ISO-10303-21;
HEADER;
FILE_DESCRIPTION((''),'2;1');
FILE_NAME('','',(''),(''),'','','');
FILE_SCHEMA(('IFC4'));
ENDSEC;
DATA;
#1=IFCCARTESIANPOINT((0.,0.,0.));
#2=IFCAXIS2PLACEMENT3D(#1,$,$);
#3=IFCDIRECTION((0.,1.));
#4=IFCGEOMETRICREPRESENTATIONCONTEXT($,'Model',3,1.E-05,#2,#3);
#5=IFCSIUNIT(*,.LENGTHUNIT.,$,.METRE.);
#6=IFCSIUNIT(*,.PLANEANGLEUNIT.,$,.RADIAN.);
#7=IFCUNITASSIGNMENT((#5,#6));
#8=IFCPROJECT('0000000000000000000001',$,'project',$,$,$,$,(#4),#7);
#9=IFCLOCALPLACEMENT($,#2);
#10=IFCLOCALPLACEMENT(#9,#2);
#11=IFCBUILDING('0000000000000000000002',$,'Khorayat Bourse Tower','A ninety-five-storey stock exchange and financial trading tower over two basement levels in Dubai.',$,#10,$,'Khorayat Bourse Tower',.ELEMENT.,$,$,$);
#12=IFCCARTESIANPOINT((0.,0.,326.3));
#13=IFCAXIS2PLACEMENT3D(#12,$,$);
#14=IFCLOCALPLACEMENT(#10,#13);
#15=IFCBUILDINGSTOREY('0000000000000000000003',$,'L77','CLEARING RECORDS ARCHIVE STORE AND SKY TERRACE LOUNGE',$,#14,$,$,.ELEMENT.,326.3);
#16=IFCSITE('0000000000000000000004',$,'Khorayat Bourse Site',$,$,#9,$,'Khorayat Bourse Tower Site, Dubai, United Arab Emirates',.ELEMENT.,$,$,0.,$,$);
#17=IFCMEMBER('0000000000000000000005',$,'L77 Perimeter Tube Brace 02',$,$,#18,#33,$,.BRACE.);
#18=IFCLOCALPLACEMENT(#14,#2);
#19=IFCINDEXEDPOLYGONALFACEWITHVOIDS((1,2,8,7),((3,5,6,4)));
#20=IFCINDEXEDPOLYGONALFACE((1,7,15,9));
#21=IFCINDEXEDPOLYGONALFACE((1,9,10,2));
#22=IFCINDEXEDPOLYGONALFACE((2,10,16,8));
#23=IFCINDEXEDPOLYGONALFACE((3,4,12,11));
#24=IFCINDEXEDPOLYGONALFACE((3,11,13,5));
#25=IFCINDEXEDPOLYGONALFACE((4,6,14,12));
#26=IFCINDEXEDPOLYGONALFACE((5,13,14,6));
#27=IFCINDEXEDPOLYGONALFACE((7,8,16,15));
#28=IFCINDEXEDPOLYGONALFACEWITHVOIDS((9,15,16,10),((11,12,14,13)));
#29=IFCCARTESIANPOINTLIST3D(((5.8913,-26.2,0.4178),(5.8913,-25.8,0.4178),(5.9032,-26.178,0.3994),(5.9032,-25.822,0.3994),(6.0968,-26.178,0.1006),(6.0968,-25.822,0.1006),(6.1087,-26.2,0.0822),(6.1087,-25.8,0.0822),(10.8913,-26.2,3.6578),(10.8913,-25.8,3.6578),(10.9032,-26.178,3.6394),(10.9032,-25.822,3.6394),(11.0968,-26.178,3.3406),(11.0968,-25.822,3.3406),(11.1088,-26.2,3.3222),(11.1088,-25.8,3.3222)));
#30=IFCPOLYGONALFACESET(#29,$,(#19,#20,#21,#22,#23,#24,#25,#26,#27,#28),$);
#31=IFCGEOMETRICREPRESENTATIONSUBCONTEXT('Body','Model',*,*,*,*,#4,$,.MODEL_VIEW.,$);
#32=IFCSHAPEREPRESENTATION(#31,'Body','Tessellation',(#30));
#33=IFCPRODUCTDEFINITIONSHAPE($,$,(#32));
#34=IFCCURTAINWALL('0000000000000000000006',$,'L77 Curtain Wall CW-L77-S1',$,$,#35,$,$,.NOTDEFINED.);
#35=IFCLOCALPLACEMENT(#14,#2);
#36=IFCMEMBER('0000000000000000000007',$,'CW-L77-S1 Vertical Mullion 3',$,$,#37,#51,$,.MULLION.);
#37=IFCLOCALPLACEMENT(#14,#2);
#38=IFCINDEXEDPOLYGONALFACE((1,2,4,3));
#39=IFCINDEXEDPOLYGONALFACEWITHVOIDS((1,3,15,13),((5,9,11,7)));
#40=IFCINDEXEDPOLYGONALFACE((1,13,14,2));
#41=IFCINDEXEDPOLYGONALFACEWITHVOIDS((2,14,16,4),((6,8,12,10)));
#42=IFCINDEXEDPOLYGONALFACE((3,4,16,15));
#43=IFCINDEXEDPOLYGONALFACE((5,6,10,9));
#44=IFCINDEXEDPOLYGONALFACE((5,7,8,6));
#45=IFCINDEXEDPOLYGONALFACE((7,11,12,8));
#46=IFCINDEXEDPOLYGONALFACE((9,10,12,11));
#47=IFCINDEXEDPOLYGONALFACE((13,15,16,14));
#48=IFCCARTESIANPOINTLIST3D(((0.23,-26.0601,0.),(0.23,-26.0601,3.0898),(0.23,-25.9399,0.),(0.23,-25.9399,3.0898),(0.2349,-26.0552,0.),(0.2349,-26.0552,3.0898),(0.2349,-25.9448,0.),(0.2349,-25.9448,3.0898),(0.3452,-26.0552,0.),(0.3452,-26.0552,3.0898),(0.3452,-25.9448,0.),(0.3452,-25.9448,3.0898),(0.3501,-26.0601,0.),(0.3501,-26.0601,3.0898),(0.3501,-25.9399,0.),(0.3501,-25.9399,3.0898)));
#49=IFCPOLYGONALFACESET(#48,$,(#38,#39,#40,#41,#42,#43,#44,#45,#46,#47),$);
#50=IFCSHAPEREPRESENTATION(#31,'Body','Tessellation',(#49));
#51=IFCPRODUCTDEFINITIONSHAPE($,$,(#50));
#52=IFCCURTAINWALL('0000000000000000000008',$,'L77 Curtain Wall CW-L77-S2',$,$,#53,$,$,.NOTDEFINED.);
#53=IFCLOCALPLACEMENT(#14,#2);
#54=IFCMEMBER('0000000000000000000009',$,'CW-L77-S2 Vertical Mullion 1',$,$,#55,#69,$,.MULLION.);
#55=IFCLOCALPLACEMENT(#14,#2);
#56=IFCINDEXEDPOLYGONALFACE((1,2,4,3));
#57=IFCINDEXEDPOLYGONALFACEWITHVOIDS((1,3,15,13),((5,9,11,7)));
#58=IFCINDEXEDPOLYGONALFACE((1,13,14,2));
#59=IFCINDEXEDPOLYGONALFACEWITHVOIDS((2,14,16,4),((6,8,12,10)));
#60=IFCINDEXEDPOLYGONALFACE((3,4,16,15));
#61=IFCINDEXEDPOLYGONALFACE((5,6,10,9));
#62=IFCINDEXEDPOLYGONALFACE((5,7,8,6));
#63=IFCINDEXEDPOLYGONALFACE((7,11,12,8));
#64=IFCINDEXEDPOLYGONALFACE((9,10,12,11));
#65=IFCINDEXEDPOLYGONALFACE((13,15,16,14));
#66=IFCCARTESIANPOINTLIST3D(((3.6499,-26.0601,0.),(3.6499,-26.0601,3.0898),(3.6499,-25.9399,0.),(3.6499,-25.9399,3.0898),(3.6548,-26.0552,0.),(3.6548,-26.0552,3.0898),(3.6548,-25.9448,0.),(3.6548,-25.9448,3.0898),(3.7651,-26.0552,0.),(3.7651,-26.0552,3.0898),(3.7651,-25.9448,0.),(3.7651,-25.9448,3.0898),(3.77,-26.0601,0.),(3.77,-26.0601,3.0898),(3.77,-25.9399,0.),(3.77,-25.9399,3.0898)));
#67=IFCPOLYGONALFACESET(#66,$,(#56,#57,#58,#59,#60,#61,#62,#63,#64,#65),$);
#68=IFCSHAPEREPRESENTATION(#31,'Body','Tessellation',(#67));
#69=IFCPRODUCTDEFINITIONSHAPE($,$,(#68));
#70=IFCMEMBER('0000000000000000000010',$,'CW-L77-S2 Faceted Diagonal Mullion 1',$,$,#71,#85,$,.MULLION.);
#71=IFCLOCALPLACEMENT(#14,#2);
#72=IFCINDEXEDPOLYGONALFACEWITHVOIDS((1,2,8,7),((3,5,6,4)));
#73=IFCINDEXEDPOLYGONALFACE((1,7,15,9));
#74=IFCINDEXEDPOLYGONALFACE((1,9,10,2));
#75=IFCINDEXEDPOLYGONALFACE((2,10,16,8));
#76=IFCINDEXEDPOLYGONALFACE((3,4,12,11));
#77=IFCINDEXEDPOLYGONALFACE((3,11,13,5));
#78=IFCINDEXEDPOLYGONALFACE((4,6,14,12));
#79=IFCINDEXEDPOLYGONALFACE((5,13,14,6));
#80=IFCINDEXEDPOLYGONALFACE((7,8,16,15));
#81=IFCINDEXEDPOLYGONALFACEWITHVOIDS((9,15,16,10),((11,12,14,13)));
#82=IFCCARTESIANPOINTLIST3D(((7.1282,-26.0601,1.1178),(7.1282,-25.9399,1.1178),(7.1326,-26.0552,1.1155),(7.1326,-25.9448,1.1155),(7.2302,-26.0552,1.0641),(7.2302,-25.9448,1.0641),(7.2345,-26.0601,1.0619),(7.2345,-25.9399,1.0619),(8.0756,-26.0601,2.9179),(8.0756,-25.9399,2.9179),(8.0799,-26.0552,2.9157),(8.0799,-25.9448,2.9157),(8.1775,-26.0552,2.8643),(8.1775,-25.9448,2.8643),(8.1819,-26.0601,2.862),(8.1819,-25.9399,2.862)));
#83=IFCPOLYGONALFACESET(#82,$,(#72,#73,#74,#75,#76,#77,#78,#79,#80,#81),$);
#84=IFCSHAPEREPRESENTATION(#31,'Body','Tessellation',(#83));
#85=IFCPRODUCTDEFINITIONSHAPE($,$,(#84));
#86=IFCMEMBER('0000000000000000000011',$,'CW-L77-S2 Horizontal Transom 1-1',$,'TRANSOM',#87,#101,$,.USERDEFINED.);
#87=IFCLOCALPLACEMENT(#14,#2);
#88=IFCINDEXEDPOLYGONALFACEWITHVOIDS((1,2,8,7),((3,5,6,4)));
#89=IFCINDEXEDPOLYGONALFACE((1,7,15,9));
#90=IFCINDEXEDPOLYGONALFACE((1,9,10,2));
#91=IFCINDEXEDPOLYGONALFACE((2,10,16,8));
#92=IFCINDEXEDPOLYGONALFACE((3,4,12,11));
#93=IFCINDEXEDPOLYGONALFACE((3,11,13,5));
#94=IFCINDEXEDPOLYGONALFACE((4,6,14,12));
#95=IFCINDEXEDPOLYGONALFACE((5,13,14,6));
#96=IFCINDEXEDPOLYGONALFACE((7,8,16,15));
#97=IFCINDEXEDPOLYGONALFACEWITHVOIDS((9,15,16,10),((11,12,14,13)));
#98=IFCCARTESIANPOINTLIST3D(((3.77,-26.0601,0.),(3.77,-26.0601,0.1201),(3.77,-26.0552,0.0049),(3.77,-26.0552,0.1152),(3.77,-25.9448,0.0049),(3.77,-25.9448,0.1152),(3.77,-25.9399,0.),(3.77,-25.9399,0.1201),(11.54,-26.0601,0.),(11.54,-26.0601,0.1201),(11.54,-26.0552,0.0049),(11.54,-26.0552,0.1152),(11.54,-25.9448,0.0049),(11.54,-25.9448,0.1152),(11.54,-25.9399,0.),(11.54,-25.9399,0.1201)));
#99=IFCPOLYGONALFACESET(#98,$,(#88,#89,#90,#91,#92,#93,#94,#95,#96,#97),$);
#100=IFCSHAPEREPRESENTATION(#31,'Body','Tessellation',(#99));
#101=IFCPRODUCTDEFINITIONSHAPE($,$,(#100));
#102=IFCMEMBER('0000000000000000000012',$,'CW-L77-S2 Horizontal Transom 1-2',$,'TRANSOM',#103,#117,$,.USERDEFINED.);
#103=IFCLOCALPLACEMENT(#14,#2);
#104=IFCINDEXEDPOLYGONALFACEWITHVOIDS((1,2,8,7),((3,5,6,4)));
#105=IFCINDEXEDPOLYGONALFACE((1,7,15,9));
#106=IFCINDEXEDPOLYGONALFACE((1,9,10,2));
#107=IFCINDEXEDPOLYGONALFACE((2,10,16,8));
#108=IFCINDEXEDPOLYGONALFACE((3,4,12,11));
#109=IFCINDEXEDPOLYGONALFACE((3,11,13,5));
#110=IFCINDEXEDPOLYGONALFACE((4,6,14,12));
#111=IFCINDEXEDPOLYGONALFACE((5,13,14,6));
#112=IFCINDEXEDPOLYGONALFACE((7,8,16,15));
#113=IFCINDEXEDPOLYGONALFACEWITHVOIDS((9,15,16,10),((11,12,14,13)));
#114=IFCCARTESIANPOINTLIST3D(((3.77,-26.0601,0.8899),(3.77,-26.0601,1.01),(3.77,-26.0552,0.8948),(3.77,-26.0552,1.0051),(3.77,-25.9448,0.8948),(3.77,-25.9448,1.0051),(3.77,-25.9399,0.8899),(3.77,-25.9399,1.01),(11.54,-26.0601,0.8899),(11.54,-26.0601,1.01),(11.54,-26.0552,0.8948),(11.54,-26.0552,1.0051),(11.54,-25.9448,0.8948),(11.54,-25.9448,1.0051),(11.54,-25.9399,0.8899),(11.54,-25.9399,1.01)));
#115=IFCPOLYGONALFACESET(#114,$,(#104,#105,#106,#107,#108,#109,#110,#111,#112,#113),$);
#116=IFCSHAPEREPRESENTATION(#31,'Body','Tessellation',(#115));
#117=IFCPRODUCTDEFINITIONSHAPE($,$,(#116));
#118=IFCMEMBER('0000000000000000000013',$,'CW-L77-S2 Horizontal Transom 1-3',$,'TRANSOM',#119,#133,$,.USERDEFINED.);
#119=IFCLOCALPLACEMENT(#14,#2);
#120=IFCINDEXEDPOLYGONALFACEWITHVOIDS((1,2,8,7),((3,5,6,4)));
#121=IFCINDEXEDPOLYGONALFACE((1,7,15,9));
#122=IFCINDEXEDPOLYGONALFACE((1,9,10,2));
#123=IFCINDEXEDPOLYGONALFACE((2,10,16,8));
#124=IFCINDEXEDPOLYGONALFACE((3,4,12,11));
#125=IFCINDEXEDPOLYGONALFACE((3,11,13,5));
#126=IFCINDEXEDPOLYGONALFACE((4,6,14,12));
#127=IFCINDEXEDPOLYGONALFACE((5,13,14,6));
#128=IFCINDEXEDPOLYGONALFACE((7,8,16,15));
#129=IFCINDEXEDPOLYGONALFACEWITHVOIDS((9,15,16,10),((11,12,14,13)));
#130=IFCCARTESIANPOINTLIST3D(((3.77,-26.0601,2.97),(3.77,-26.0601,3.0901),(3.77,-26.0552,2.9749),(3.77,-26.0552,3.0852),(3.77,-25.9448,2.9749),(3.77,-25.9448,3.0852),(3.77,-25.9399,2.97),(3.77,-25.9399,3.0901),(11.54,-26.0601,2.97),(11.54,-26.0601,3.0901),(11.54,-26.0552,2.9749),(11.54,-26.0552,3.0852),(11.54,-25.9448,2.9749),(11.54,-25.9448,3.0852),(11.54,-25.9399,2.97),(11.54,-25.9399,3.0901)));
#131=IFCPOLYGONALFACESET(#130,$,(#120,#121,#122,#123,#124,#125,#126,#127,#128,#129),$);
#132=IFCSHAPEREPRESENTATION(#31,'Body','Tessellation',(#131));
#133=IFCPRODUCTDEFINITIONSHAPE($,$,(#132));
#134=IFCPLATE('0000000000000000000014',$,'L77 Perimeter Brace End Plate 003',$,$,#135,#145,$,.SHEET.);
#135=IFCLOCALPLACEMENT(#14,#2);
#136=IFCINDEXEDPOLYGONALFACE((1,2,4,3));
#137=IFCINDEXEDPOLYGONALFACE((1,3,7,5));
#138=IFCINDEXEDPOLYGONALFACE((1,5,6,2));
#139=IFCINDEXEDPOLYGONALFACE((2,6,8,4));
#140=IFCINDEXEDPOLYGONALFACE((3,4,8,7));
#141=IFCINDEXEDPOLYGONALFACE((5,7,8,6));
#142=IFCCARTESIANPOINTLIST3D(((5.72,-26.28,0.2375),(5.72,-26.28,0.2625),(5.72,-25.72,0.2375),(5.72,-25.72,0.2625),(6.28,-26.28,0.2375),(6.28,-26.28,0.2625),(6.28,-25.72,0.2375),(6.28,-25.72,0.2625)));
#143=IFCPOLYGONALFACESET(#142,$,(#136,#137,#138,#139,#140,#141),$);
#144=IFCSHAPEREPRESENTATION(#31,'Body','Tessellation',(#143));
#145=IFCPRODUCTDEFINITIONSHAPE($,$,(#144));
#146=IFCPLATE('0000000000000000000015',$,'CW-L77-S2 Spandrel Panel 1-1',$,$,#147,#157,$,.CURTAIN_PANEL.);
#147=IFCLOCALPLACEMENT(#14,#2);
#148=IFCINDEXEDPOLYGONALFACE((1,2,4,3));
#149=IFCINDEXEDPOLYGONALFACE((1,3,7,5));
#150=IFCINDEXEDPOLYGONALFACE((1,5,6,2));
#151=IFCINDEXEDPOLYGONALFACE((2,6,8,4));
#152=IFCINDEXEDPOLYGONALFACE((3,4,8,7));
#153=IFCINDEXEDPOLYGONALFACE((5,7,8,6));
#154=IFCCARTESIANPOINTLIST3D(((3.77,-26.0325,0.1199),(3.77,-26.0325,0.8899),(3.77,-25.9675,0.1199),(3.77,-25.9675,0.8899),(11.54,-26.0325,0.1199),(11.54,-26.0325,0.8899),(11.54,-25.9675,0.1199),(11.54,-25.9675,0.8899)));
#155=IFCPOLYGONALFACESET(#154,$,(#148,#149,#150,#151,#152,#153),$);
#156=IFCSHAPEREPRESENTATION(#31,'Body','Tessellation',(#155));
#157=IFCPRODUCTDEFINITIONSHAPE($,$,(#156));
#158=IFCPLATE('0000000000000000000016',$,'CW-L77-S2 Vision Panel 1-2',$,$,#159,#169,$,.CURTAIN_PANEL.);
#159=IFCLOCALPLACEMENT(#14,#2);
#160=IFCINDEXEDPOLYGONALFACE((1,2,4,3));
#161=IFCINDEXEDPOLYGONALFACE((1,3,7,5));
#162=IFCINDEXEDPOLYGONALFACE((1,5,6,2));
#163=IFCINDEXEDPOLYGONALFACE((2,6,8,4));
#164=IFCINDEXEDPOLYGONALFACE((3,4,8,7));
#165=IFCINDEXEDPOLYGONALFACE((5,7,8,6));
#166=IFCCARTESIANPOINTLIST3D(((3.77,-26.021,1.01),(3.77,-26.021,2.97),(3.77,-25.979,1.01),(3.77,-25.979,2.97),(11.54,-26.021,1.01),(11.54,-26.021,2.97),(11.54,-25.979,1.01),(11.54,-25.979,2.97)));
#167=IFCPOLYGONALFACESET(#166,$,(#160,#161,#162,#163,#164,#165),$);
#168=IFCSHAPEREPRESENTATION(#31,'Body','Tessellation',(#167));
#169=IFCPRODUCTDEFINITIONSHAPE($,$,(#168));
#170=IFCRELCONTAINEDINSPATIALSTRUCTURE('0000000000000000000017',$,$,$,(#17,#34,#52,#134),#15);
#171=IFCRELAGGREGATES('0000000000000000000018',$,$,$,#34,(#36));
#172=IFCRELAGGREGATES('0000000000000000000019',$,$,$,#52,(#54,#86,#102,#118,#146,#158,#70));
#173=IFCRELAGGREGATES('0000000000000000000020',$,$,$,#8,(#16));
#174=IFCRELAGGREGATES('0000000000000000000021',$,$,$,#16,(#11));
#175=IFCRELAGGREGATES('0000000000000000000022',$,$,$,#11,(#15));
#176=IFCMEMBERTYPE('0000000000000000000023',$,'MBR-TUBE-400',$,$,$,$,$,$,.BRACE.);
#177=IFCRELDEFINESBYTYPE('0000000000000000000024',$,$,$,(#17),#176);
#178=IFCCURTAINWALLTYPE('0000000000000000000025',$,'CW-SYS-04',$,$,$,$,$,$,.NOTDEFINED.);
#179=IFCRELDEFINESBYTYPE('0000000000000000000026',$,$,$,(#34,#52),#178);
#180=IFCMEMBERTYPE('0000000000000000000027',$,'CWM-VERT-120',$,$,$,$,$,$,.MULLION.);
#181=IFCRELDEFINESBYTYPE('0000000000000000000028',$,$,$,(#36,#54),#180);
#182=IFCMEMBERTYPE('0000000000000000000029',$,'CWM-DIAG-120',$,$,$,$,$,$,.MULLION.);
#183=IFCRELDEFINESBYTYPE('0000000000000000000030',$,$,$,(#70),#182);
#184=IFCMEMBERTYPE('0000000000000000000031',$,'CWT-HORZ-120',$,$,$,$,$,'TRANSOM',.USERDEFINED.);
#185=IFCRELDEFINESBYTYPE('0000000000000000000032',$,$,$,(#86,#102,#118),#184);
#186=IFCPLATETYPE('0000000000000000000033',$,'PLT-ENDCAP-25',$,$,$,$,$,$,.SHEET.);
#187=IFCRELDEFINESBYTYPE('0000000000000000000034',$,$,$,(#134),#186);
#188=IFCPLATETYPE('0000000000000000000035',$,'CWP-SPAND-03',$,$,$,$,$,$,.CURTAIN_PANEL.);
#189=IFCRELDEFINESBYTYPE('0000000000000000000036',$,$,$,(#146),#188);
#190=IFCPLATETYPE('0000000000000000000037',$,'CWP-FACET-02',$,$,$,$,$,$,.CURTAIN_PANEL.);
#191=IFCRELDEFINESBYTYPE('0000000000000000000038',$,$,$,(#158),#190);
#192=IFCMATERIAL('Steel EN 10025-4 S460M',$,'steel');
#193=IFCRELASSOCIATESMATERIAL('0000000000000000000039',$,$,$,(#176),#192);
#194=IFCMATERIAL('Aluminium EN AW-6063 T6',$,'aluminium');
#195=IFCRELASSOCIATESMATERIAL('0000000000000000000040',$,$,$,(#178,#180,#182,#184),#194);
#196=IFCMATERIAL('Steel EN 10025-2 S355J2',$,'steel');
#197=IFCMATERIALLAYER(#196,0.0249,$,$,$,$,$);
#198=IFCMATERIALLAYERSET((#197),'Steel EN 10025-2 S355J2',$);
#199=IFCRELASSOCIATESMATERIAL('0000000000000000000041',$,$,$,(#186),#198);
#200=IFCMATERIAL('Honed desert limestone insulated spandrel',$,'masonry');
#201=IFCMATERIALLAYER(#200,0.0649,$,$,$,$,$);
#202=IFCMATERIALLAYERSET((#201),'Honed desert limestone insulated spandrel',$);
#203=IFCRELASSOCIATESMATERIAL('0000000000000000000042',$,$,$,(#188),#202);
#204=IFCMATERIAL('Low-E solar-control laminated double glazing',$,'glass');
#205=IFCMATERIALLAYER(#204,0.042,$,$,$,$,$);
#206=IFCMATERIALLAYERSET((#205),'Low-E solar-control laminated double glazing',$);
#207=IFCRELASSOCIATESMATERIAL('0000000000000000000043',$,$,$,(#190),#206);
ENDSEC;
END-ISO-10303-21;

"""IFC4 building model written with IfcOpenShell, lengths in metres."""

from ifc_helpers import new_model, si_unit, direction, frame, origin, origin_2d, place, context, subcontext, project, spatial, rectangle, hollow_rectangle, extrude, source, transform, mapped, material, layer, layer_set, material_profile, profile_set, type_object, element, aggregate, save


model = new_model("IFC4")

# Units and contexts
model_context = context("Model", 3, precision=1e-05, world=origin(), true_north=direction((0.0, 1.0)))
body_context = subcontext(model_context, "Body", "Model", "MODEL_VIEW")
ifc_project = project(units=[si_unit("LENGTHUNIT", "METRE"), si_unit("PLANEANGLEUNIT", "RADIAN")], contexts=[model_context])

# Site, building, storey
site_placement = place(None, origin())
site = spatial("IfcSite", under=ifc_project, at=site_placement, Name="Khorayat Bourse Site", LongName="Khorayat Bourse Tower Site, Dubai, United Arab Emirates", CompositionType="ELEMENT", RefElevation=0.0)
building_placement = place(site_placement, origin())
building = spatial("IfcBuilding", under=site, at=building_placement, Name="Khorayat Bourse Tower", Description="A ninety-five-storey stock exchange and financial trading tower over two basement levels in Dubai.", LongName="Khorayat Bourse Tower", CompositionType="ELEMENT")
storey_placement = place(building_placement, frame((0.0, 0.0, 326.3)))
storey = spatial("IfcBuildingStorey", under=building, at=storey_placement, Name="L77", Description="CLEARING RECORDS ARCHIVE STORE AND SKY TERRACE LOUNGE", CompositionType="ELEMENT", Elevation=326.3)

# Shared definitions
ifc_material_1 = material(Name="Steel EN 10025-2 S355J2", Category="steel")

# Member
ifc_material_2 = material(Name="Steel EN 10025-4 S460M", Category="steel")
ifc_material_profile_1 = material_profile(ifc_material_2, hollow_rectangle(XDim=0.3999, YDim=0.3999, WallThickness=0.022, at=origin_2d()), Name="HSS 400x400x22")
ifc_profile_set_1 = profile_set([ifc_material_profile_1], Name="Steel EN 10025-4 S460M")
member_type_1 = type_object("IfcMemberType", Name="MBR-TUBE-400", PredefinedType="BRACE", material=ifc_profile_set_1)
shared_shape_1 = source(origin(), body_context, "Body", "SweptSolid", [
    extrude(hollow_rectangle(XDim=0.3999, YDim=0.3999, WallThickness=0.022, at=origin_2d()), origin(), (0.0, 0.0, 1.0), 5.958),
])
member_1_placement = place(storey_placement, frame((6.0, -26.0, 0.25), z_axis=(0.83921, 0.0, 0.543807), x_axis=(0.0, 1.0, 0.0)))
element("IfcMember", 1, at=member_1_placement, inside=storey, type_object=member_type_1, Name="L77 Perimeter Tube Brace 02", PredefinedType="BRACE", context=body_context, shape_type="MappedRepresentation", body=[
    mapped(shared_shape_1, transform((0.0, 0.0, 0.0), scale=1.0)),
])

# Curtain wall, member
ifc_material_3 = material(Name="Aluminium EN AW-6063 T6", Category="aluminium")
curtain_wall_type = type_object("IfcCurtainWallType", Name="CW-SYS-04", PredefinedType="NOTDEFINED", material=ifc_material_3)
curtain_wall_1_placement = place(storey_placement, origin())
curtain_wall_1 = element("IfcCurtainWall", 2, at=curtain_wall_1_placement, inside=storey, type_object=curtain_wall_type, Name="L77 Curtain Wall CW-L77-S1", PredefinedType="NOTDEFINED")
ifc_material_profile_2 = material_profile(ifc_material_3, hollow_rectangle(XDim=0.1201, YDim=0.1201, WallThickness=0.0049, at=origin_2d()), Name="ALU 120x120x5")
ifc_profile_set_2 = profile_set([ifc_material_profile_2], Name="Aluminium EN AW-6063 T6")
member_type_2 = type_object("IfcMemberType", Name="CWM-VERT-120", PredefinedType="MULLION", material=ifc_profile_set_2)
shared_shape_2 = source(origin(), body_context, "Body", "SweptSolid", [
    extrude(hollow_rectangle(XDim=0.1201, YDim=0.1201, WallThickness=0.0049, at=origin_2d()), origin(), (0.0, 0.0, 1.0), 3.0898),
])
member_2_placement = place(storey_placement, frame((0.29, -26.0, 0.0), z_axis=(0.0, 0.0, 1.0), x_axis=(0.0, 1.0, 0.0)))
member_2 = element("IfcMember", 3, at=member_2_placement, type_object=member_type_2, Name="CW-L77-S1 Vertical Mullion 3", PredefinedType="MULLION", context=body_context, shape_type="MappedRepresentation", body=[
    mapped(shared_shape_2, transform((0.0, 0.0, 0.0), scale=1.0)),
])
aggregate(curtain_wall_1, [member_2])

# Curtain wall, members
curtain_wall_2_placement = place(storey_placement, origin())
curtain_wall_2 = element("IfcCurtainWall", 4, at=curtain_wall_2_placement, inside=storey, type_object=curtain_wall_type, Name="L77 Curtain Wall CW-L77-S2", PredefinedType="NOTDEFINED")
member_3_placement = place(storey_placement, frame((3.71, -26.0, 0.0), z_axis=(0.0, 0.0, 1.0), x_axis=(0.0, 1.0, 0.0)))
member_3 = element("IfcMember", 5, at=member_3_placement, type_object=member_type_2, Name="CW-L77-S2 Vertical Mullion 1", PredefinedType="MULLION", context=body_context, shape_type="MappedRepresentation", body=[
    mapped(shared_shape_2, transform((0.0, 0.0, 0.0), scale=1.0)),
])
ifc_material_profile_3 = material_profile(ifc_material_3, hollow_rectangle(XDim=0.1201, YDim=0.1201, WallThickness=0.0049, at=origin_2d()), Name="ALU 120x120x5")
ifc_profile_set_3 = profile_set([ifc_material_profile_3], Name="Aluminium EN AW-6063 T6")
member_type_3 = type_object("IfcMemberType", Name="CWM-DIAG-120", PredefinedType="MULLION", material=ifc_profile_set_3)
shared_shape_3 = source(origin(), body_context, "Body", "SweptSolid", [
    extrude(hollow_rectangle(XDim=0.1201, YDim=0.1201, WallThickness=0.0049, at=origin_2d()), origin(), (0.0, 0.0, 1.0), 2.0342),
])
member_4_placement = place(storey_placement, frame((7.1814, -26.0, 1.0898), z_axis=(0.465697, 0.0, 0.884944), x_axis=(0.0, 1.0, 0.0)))
member_4 = element("IfcMember", 6, at=member_4_placement, type_object=member_type_3, Name="CW-L77-S2 Faceted Diagonal Mullion 1", PredefinedType="MULLION", context=body_context, shape_type="MappedRepresentation", body=[
    mapped(shared_shape_3, transform((0.0, 0.0, 0.0), scale=1.0)),
])
ifc_material_profile_4 = material_profile(ifc_material_3, hollow_rectangle(XDim=0.1201, YDim=0.1201, WallThickness=0.0049, at=origin_2d()), Name="ALU 120x120x5")
ifc_profile_set_4 = profile_set([ifc_material_profile_4], Name="Aluminium EN AW-6063 T6")
member_type_4 = type_object("IfcMemberType", Name="CWT-HORZ-120", ElementType="TRANSOM", PredefinedType="USERDEFINED", material=ifc_profile_set_4)
shared_shape_4 = source(origin(), body_context, "Body", "SweptSolid", [
    extrude(hollow_rectangle(XDim=0.1201, YDim=0.1201, WallThickness=0.0049, at=origin_2d()), origin(), (0.0, 0.0, 1.0), 7.77),
])
member_5_placement = place(storey_placement, frame((3.77, -26.0, 0.0601), z_axis=(1.0, 0.0, 0.0), x_axis=(0.0, 1.0, 0.0)))
member_5 = element("IfcMember", 7, at=member_5_placement, type_object=member_type_4, Name="CW-L77-S2 Horizontal Transom 1-1", ObjectType="TRANSOM", PredefinedType="USERDEFINED", context=body_context, shape_type="MappedRepresentation", body=[
    mapped(shared_shape_4, transform((0.0, 0.0, 0.0), scale=1.0)),
])
member_6_placement = place(storey_placement, frame((3.77, -26.0, 0.95), z_axis=(1.0, 0.0, 0.0), x_axis=(0.0, 1.0, 0.0)))
member_6 = element("IfcMember", 8, at=member_6_placement, type_object=member_type_4, Name="CW-L77-S2 Horizontal Transom 1-2", ObjectType="TRANSOM", PredefinedType="USERDEFINED", context=body_context, shape_type="MappedRepresentation", body=[
    mapped(shared_shape_4, transform((0.0, 0.0, 0.0), scale=1.0)),
])
member_7_placement = place(storey_placement, frame((3.77, -26.0, 3.03), z_axis=(1.0, 0.0, 0.0), x_axis=(0.0, 1.0, 0.0)))
member_7 = element("IfcMember", 9, at=member_7_placement, type_object=member_type_4, Name="CW-L77-S2 Horizontal Transom 1-3", ObjectType="TRANSOM", PredefinedType="USERDEFINED", context=body_context, shape_type="MappedRepresentation", body=[
    mapped(shared_shape_4, transform((0.0, 0.0, 0.0), scale=1.0)),
])

# Plates
ifc_layer_1 = layer(ifc_material_1, 0.0249)
ifc_layer_set_1 = layer_set([ifc_layer_1], Name="Steel EN 10025-2 S355J2")
plate_type_1 = type_object("IfcPlateType", Name="PLT-ENDCAP-25", PredefinedType="SHEET", material=ifc_layer_set_1)
shared_shape_5 = source(origin(), body_context, "Body", "SweptSolid", [
    extrude(rectangle(XDim=0.5601, YDim=0.5601, at=origin_2d()), origin(), (0.0, 0.0, 1.0), 0.0249),
])
plate_1_placement = place(storey_placement, frame((6.0, -26.0, 0.2375), z_axis=(0.0, 0.0, 1.0), x_axis=(1.0, 0.0, 0.0)))
element("IfcPlate", 10, at=plate_1_placement, inside=storey, type_object=plate_type_1, Name="L77 Perimeter Brace End Plate 003", PredefinedType="SHEET", context=body_context, shape_type="MappedRepresentation", body=[
    mapped(shared_shape_5, transform((0.0, 0.0, 0.0), scale=1.0)),
])
ifc_material_4 = material(Name="Honed desert limestone insulated spandrel", Category="masonry")
ifc_layer_2 = layer(ifc_material_4, 0.0649)
ifc_layer_set_2 = layer_set([ifc_layer_2], Name="Honed desert limestone insulated spandrel")
plate_type_2 = type_object("IfcPlateType", Name="CWP-SPAND-03", PredefinedType="CURTAIN_PANEL", material=ifc_layer_set_2)
shared_shape_6 = source(origin(), body_context, "Body", "SweptSolid", [
    extrude(rectangle(XDim=7.77, YDim=0.0649, at=origin_2d()), origin(), (0.0, 0.0, 1.0), 0.77),
])
plate_2_placement = place(storey_placement, frame((7.655, -26.0, 0.1199), z_axis=(0.0, 0.0, 1.0), x_axis=(1.0, 0.0, 0.0)))
plate_2 = element("IfcPlate", 11, at=plate_2_placement, type_object=plate_type_2, Name="CW-L77-S2 Spandrel Panel 1-1", PredefinedType="CURTAIN_PANEL", context=body_context, shape_type="MappedRepresentation", body=[
    mapped(shared_shape_6, transform((0.0, 0.0, 0.0), scale=1.0)),
])
ifc_material_5 = material(Name="Low-E solar-control laminated double glazing", Category="glass")
ifc_layer_3 = layer(ifc_material_5, 0.042)
ifc_layer_set_3 = layer_set([ifc_layer_3], Name="Low-E solar-control laminated double glazing")
plate_type_3 = type_object("IfcPlateType", Name="CWP-FACET-02", PredefinedType="CURTAIN_PANEL", material=ifc_layer_set_3)
shared_shape_7 = source(origin(), body_context, "Body", "SweptSolid", [
    extrude(rectangle(XDim=7.77, YDim=0.042, at=origin_2d()), origin(), (0.0, 0.0, 1.0), 1.96),
])
plate_3_placement = place(storey_placement, frame((7.655, -26.0, 1.01), z_axis=(0.0, 0.0, 1.0), x_axis=(1.0, 0.0, 0.0)))
plate_3 = element("IfcPlate", 12, at=plate_3_placement, type_object=plate_type_3, Name="CW-L77-S2 Vision Panel 1-2", PredefinedType="CURTAIN_PANEL", context=body_context, shape_type="MappedRepresentation", body=[
    mapped(shared_shape_7, transform((0.0, 0.0, 0.0), scale=1.0)),
])
aggregate(curtain_wall_2, [member_3, member_5, member_6, member_7, plate_2, plate_3, member_4])

save(model, "model.ifc")
